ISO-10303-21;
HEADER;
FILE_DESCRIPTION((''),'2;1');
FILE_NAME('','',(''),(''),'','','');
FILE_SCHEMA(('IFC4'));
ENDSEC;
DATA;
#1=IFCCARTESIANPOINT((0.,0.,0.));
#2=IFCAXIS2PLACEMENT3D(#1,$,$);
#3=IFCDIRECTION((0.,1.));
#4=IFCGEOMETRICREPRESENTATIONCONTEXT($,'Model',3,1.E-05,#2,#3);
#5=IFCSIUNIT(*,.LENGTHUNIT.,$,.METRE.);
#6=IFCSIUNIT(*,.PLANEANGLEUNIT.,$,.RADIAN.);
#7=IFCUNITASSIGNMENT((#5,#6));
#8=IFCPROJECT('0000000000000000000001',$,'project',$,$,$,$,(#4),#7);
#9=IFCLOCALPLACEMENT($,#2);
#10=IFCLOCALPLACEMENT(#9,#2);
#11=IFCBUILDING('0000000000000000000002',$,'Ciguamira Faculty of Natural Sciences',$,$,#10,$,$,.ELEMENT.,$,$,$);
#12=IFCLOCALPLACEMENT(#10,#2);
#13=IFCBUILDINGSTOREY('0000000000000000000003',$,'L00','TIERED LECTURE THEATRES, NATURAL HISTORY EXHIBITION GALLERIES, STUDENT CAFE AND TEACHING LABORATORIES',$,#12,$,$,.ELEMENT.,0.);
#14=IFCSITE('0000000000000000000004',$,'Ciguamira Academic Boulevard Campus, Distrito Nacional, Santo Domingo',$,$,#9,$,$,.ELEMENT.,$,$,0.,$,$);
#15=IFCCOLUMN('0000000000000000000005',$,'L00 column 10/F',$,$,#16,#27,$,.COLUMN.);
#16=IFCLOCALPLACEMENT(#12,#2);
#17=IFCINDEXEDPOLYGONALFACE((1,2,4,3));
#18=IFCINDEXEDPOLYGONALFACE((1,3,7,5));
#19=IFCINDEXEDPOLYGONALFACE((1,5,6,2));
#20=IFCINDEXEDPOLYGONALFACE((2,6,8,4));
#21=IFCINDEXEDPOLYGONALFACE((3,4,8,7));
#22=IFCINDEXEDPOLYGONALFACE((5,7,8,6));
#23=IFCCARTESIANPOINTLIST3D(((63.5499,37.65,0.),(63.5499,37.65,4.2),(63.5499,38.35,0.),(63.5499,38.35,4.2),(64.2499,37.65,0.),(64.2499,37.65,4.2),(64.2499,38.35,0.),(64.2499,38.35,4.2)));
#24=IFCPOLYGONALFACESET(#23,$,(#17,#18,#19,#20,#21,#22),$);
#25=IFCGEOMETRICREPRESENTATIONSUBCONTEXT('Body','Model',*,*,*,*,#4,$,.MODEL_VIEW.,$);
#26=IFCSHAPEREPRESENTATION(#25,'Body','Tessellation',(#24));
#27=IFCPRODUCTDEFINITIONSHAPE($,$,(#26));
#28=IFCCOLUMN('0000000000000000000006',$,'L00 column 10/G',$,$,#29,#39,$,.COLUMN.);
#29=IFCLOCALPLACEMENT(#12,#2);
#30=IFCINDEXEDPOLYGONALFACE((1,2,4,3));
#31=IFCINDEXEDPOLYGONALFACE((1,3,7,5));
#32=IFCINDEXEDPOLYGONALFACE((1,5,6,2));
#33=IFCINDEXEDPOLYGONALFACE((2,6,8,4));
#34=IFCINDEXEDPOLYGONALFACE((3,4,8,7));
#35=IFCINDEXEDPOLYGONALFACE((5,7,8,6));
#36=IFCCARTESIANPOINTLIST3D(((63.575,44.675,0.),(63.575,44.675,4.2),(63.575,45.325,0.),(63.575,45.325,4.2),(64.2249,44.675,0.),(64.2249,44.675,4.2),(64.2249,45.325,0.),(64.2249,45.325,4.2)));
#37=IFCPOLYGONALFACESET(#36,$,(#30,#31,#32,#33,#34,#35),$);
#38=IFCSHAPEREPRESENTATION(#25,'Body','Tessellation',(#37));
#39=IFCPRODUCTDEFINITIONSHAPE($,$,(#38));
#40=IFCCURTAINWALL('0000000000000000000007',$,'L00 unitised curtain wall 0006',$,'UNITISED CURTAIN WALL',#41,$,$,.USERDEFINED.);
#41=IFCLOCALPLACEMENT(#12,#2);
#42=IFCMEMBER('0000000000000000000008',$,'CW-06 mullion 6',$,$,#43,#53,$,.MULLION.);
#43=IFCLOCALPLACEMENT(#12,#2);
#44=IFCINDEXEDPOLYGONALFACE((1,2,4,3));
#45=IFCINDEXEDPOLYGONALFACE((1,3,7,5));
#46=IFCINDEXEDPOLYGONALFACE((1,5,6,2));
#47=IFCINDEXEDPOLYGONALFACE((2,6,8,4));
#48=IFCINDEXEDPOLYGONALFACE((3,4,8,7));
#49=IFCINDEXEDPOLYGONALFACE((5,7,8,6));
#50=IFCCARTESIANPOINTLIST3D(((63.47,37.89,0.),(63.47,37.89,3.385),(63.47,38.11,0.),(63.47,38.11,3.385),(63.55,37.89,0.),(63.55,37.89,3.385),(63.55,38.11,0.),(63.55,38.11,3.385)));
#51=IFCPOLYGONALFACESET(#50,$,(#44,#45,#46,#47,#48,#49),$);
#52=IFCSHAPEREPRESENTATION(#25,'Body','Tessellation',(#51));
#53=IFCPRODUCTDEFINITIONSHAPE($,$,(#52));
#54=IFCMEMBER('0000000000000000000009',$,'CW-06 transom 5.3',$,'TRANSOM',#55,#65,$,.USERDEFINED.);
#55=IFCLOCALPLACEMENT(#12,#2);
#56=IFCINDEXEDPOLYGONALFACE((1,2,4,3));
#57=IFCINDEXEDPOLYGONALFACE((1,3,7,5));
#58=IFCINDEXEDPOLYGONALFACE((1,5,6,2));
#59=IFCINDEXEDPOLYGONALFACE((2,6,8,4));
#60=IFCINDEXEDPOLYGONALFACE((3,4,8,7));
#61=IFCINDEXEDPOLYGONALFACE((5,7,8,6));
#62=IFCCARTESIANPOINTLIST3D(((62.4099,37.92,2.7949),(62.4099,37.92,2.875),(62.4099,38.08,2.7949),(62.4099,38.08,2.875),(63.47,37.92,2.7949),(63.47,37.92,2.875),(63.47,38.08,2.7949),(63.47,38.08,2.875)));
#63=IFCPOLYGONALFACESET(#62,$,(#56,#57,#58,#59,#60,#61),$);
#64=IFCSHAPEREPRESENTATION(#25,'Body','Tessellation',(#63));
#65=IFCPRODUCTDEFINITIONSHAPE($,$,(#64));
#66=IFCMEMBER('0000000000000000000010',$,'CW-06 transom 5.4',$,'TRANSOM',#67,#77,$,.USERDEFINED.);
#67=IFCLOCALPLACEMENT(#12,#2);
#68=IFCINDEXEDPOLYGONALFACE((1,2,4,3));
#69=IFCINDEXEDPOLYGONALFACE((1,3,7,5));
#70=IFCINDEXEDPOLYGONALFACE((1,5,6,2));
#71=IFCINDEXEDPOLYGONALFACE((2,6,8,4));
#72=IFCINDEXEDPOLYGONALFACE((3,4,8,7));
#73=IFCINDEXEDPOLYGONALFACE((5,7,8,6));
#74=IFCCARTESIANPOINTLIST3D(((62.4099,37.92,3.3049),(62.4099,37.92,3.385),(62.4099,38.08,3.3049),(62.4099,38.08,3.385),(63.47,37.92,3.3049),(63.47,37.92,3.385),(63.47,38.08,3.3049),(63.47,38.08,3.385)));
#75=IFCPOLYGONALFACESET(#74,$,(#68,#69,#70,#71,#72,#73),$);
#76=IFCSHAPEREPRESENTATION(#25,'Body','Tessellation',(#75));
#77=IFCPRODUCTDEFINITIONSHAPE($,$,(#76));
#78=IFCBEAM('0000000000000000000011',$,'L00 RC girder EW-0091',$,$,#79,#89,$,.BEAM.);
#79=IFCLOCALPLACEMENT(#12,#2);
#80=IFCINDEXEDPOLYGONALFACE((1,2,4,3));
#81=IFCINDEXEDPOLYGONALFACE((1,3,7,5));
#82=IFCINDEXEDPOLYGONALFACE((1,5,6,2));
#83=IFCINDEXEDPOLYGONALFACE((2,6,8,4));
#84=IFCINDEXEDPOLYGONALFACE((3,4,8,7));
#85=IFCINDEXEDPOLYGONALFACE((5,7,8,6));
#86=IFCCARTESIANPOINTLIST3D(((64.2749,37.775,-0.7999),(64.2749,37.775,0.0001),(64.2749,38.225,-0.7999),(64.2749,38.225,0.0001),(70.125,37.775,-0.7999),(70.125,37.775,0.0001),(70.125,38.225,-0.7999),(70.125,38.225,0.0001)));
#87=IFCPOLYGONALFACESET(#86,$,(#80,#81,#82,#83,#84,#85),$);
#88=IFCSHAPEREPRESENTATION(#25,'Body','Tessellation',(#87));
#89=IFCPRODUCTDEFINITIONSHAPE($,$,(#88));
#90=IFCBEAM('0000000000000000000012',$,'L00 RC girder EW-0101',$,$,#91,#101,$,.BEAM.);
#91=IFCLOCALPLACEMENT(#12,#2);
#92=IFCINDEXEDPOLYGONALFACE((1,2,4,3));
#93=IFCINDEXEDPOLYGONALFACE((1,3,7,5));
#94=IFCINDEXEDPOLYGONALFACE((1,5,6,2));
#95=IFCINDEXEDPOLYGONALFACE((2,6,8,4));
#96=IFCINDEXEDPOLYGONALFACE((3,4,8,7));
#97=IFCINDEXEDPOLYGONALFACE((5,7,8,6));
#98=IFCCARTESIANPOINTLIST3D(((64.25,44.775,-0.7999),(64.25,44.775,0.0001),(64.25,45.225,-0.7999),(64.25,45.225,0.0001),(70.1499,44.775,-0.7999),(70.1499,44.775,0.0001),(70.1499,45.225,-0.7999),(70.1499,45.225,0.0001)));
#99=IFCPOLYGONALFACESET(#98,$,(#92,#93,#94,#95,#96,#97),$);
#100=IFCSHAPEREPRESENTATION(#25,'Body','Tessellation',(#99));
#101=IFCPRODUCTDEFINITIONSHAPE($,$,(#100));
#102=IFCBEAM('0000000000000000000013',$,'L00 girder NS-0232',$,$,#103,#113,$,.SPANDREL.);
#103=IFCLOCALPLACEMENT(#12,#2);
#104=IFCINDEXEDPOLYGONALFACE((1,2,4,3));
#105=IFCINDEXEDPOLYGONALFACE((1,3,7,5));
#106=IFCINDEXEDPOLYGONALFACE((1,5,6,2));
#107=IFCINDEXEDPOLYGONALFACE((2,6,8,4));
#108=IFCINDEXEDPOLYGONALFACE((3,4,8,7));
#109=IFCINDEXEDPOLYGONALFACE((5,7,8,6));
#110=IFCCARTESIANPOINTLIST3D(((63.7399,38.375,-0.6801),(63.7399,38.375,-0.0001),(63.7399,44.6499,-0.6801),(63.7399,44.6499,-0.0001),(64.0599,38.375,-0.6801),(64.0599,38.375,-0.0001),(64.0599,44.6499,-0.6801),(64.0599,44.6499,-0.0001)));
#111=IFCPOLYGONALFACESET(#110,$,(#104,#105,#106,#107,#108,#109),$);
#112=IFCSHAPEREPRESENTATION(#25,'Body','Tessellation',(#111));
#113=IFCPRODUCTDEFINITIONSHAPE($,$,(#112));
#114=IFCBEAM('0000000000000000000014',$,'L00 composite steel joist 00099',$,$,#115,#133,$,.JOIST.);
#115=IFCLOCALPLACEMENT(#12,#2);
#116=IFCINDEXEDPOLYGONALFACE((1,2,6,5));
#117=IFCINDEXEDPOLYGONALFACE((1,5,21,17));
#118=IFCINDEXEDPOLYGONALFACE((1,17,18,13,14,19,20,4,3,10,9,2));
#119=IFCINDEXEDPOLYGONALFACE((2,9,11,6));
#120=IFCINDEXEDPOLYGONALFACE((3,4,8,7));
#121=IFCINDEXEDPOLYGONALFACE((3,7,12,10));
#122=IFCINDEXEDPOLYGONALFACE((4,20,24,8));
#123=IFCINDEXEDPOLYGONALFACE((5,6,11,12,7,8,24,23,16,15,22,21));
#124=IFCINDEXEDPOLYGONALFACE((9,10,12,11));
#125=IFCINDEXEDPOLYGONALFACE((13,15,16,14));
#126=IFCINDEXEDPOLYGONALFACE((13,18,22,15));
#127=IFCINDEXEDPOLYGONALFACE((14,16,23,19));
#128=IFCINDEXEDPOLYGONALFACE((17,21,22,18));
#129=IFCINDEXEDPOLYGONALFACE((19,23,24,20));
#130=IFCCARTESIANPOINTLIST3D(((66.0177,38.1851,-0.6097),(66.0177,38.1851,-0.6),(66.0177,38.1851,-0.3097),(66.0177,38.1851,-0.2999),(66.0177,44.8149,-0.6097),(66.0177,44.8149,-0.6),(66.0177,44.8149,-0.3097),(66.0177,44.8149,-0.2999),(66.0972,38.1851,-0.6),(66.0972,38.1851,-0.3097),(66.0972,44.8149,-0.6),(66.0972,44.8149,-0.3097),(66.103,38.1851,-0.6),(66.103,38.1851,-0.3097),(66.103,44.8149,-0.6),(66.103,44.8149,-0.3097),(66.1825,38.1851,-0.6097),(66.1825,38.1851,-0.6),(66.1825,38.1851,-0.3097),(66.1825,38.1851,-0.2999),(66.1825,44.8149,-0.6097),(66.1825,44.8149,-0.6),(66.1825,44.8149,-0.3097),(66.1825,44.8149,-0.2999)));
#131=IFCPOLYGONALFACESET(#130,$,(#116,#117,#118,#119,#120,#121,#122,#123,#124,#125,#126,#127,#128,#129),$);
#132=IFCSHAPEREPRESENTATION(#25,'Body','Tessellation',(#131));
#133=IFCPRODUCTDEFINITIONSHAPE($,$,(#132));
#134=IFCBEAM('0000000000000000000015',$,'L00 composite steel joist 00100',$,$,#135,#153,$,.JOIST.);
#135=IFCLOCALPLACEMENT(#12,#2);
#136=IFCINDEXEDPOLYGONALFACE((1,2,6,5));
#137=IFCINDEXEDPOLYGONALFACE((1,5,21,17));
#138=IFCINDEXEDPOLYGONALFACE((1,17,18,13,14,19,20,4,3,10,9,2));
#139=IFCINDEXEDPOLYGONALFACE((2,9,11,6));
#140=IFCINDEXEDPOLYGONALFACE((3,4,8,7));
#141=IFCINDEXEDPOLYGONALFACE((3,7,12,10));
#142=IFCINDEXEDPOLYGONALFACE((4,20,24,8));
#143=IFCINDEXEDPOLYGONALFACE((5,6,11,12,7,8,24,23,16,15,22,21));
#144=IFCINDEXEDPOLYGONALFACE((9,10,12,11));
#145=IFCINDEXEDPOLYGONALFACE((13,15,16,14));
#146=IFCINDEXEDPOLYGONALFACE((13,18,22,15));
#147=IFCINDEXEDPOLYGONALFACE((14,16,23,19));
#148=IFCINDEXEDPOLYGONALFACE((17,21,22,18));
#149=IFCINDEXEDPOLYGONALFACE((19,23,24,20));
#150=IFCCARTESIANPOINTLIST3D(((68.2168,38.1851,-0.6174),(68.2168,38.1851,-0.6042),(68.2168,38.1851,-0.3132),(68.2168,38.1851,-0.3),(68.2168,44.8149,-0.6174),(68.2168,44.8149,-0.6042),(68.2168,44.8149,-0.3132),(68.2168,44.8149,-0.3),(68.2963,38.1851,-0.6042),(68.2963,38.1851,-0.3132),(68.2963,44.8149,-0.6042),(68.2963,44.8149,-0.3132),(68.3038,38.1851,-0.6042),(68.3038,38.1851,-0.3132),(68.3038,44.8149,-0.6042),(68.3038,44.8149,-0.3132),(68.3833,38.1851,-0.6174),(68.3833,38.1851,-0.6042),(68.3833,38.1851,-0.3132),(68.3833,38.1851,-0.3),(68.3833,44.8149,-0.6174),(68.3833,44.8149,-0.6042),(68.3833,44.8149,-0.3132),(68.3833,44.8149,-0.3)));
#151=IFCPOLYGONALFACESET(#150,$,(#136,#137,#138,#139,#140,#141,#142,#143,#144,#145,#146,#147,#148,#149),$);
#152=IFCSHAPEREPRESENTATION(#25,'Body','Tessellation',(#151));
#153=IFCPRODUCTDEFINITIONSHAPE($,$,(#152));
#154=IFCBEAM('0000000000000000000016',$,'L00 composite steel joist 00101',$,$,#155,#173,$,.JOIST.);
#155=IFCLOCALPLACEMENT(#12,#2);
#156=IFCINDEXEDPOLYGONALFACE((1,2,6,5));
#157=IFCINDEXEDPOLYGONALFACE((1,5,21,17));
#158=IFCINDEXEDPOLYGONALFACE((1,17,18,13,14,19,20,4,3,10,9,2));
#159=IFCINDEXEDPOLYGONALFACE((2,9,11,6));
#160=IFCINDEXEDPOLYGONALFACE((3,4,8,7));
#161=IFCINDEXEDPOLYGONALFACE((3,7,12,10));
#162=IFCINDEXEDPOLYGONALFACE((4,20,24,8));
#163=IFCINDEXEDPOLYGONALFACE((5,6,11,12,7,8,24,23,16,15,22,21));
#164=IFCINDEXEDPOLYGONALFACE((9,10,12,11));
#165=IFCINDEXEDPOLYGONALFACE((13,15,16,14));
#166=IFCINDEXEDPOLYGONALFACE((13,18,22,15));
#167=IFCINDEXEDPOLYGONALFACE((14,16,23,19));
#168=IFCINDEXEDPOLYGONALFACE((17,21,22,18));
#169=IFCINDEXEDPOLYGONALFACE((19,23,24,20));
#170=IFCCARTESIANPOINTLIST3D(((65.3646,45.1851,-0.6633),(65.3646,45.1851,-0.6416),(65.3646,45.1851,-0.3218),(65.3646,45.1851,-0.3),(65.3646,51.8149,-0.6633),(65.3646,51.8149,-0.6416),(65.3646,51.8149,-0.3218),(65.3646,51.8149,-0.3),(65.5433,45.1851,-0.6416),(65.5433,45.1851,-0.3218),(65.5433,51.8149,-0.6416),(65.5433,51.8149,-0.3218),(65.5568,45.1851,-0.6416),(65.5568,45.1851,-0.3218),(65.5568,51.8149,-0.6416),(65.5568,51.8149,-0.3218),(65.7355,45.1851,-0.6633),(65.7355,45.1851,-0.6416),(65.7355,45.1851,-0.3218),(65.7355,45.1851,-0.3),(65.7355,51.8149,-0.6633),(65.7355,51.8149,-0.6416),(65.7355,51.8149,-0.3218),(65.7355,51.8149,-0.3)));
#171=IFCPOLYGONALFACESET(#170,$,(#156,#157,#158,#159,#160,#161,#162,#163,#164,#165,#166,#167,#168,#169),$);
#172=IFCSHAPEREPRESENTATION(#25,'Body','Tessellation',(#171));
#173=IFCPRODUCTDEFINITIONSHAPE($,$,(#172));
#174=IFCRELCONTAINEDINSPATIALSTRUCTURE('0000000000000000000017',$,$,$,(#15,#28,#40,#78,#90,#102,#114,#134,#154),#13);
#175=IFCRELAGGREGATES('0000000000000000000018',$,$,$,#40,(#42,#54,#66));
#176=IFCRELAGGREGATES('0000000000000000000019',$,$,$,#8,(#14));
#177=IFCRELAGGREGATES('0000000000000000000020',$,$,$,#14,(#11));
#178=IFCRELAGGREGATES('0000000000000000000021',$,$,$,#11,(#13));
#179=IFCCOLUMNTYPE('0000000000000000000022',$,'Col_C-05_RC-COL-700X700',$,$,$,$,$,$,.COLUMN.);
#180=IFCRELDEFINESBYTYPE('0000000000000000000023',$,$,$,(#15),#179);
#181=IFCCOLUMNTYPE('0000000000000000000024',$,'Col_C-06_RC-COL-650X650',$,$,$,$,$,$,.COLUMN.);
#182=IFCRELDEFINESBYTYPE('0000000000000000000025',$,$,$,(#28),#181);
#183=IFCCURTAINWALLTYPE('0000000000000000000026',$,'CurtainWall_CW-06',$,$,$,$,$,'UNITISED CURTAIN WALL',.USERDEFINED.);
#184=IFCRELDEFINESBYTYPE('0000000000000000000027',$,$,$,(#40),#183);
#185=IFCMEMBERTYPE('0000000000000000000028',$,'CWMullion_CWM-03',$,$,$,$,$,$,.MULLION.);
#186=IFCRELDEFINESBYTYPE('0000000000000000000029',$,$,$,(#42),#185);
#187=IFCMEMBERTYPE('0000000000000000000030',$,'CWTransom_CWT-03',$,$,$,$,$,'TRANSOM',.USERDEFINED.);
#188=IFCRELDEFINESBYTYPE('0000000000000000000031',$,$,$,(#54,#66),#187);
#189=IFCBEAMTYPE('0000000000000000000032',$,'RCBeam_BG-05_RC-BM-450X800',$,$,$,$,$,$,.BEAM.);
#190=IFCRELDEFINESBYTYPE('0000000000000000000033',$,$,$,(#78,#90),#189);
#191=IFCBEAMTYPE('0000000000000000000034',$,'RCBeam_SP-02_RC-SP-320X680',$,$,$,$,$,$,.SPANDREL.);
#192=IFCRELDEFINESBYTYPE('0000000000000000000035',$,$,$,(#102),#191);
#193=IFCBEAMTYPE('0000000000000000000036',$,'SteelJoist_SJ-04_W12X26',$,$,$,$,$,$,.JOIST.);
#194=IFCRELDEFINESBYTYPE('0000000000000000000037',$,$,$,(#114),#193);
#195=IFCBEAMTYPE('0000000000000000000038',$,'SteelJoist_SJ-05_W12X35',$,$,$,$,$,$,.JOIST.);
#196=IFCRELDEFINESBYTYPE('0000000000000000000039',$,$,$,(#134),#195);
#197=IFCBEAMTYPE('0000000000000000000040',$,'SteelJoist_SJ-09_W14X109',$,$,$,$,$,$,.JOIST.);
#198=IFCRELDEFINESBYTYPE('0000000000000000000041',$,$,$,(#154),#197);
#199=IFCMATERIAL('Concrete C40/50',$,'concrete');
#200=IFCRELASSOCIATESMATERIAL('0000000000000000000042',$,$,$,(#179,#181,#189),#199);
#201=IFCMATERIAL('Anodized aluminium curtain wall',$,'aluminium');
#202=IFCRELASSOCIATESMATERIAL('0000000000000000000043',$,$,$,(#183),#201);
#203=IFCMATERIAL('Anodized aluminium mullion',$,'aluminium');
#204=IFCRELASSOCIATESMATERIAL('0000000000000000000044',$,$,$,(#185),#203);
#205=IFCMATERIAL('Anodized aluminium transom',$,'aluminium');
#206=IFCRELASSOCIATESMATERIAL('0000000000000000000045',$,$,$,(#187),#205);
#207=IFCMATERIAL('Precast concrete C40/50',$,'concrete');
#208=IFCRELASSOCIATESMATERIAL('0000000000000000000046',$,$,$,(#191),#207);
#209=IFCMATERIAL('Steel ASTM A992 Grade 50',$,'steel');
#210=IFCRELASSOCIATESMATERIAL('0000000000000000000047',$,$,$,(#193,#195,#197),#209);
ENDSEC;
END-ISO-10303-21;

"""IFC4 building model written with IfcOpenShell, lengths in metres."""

from ifc_helpers import new_model, si_unit, direction, frame, origin, origin_2d, place, context, subcontext, project, spatial, rectangle, i_section, extrude, material, material_profile, profile_set, type_object, element, aggregate, save


model = new_model("IFC4")

# Units and contexts
model_context = context("Model", 3, precision=1e-05, world=origin(), true_north=direction((0.0, 1.0)))
body_context = subcontext(model_context, "Body", "Model", "MODEL_VIEW")
ifc_project = project(units=[si_unit("LENGTHUNIT", "METRE"), si_unit("PLANEANGLEUNIT", "RADIAN")], contexts=[model_context])

# Site, building, storey
site_placement = place(None, origin())
site = spatial("IfcSite", under=ifc_project, at=site_placement, Name="Ciguamira Academic Boulevard Campus, Distrito Nacional, Santo Domingo", CompositionType="ELEMENT", RefElevation=0.0)
building_placement = place(site_placement, origin())
building = spatial("IfcBuilding", under=site, at=building_placement, Name="Ciguamira Faculty of Natural Sciences", CompositionType="ELEMENT")
storey_placement = place(building_placement, origin())
storey = spatial("IfcBuildingStorey", under=building, at=storey_placement, Name="L00", Description="TIERED LECTURE THEATRES, NATURAL HISTORY EXHIBITION GALLERIES, STUDENT CAFE AND TEACHING LABORATORIES", CompositionType="ELEMENT", Elevation=0.0)

# Columns
ifc_material_1 = material(Name="Concrete C40/50", Category="concrete")
ifc_material_profile_1 = material_profile(ifc_material_1, rectangle(XDim=0.7, YDim=0.7, at=origin_2d()), Name="RC-COL-700X700")
ifc_profile_set_1 = profile_set([ifc_material_profile_1], Name="Concrete C40/50")
column_type_1 = type_object("IfcColumnType", Name="Col_C-05_RC-COL-700X700", PredefinedType="COLUMN", material=ifc_profile_set_1)
column_1_placement = place(storey_placement, frame((63.8999, 38.0, 0.0), z_axis=(0.0, 0.0, 1.0), x_axis=(1.0, 0.0, 0.0)))
element("IfcColumn", 1, at=column_1_placement, inside=storey, type_object=column_type_1, Name="L00 column 10/F", PredefinedType="COLUMN", context=body_context, shape_type="SweptSolid", body=[
    extrude(rectangle(XDim=0.7, YDim=0.7, at=origin_2d()), origin(), (0.0, 0.0, 1.0), 4.2),
])
ifc_material_profile_2 = material_profile(ifc_material_1, rectangle(XDim=0.6499, YDim=0.6499, at=origin_2d()), Name="RC-COL-650X650")
ifc_profile_set_2 = profile_set([ifc_material_profile_2], Name="Concrete C40/50")
column_type_2 = type_object("IfcColumnType", Name="Col_C-06_RC-COL-650X650", PredefinedType="COLUMN", material=ifc_profile_set_2)
column_2_placement = place(storey_placement, frame((63.8999, 45.0, 0.0), z_axis=(0.0, 0.0, 1.0), x_axis=(1.0, 0.0, 0.0)))
element("IfcColumn", 2, at=column_2_placement, inside=storey, type_object=column_type_2, Name="L00 column 10/G", PredefinedType="COLUMN", context=body_context, shape_type="SweptSolid", body=[
    extrude(rectangle(XDim=0.6499, YDim=0.6499, at=origin_2d()), origin(), (0.0, 0.0, 1.0), 4.2),
])

# Curtain wall, members
ifc_material_2 = material(Name="Anodized aluminium curtain wall", Category="aluminium")
curtain_wall_type = type_object("IfcCurtainWallType", Name="CurtainWall_CW-06", ElementType="UNITISED CURTAIN WALL", PredefinedType="USERDEFINED", material=ifc_material_2)
curtain_wall_placement = place(storey_placement, origin())
curtain_wall = element("IfcCurtainWall", 3, at=curtain_wall_placement, inside=storey, type_object=curtain_wall_type, Name="L00 unitised curtain wall 0006", ObjectType="UNITISED CURTAIN WALL", PredefinedType="USERDEFINED")
ifc_material_3 = material(Name="Anodized aluminium mullion", Category="aluminium")
ifc_material_profile_3 = material_profile(ifc_material_3, rectangle(XDim=0.0801, YDim=0.22, at=origin_2d()), Name="ALU-MUL-80X220")
ifc_profile_set_3 = profile_set([ifc_material_profile_3], Name="Anodized aluminium mullion")
member_type_1 = type_object("IfcMemberType", Name="CWMullion_CWM-03", PredefinedType="MULLION", material=ifc_profile_set_3)
member_1_placement = place(storey_placement, frame((63.51, 38.0, 0.0), z_axis=(0.0, 0.0, 1.0), x_axis=(1.0, 0.0, 0.0)))
member_1 = element("IfcMember", 4, at=member_1_placement, type_object=member_type_1, Name="CW-06 mullion 6", PredefinedType="MULLION", context=body_context, shape_type="SweptSolid", body=[
    extrude(rectangle(XDim=0.0801, YDim=0.22, at=origin_2d()), origin(), (0.0, 0.0, 1.0), 3.385),
])
ifc_material_4 = material(Name="Anodized aluminium transom", Category="aluminium")
ifc_material_profile_4 = material_profile(ifc_material_4, rectangle(XDim=0.0801, YDim=0.1599, at=origin_2d()), Name="ALU-TRN-80X160")
ifc_profile_set_4 = profile_set([ifc_material_profile_4], Name="Anodized aluminium transom")
member_type_2 = type_object("IfcMemberType", Name="CWTransom_CWT-03", ElementType="TRANSOM", PredefinedType="USERDEFINED", material=ifc_profile_set_4)
member_2_placement = place(storey_placement, frame((62.4099, 38.0, 2.835), z_axis=(1.0, 0.0, 0.0), x_axis=(0.0, 0.0, 1.0)))
member_2 = element("IfcMember", 5, at=member_2_placement, type_object=member_type_2, Name="CW-06 transom 5.3", ObjectType="TRANSOM", PredefinedType="USERDEFINED", context=body_context, shape_type="SweptSolid", body=[
    extrude(rectangle(XDim=0.0801, YDim=0.1599, at=origin_2d()), origin(), (0.0, 0.0, 1.0), 1.0601),
])
member_3_placement = place(storey_placement, frame((62.4099, 38.0, 3.345), z_axis=(1.0, 0.0, 0.0), x_axis=(0.0, 0.0, 1.0)))
member_3 = element("IfcMember", 6, at=member_3_placement, type_object=member_type_2, Name="CW-06 transom 5.4", ObjectType="TRANSOM", PredefinedType="USERDEFINED", context=body_context, shape_type="SweptSolid", body=[
    extrude(rectangle(XDim=0.0801, YDim=0.1599, at=origin_2d()), origin(), (0.0, 0.0, 1.0), 1.0601),
])

# Beams
ifc_material_profile_5 = material_profile(ifc_material_1, rectangle(XDim=0.45, YDim=0.8, at=origin_2d()), Name="RC-BM-450X800")
ifc_profile_set_5 = profile_set([ifc_material_profile_5], Name="Concrete C40/50")
beam_type_1 = type_object("IfcBeamType", Name="RCBeam_BG-05_RC-BM-450X800", PredefinedType="BEAM", material=ifc_profile_set_5)
beam_1_placement = place(storey_placement, frame((64.2749, 38.0, -0.3999), z_axis=(1.0, 0.0, 0.0), x_axis=(0.0, 1.0, 0.0)))
element("IfcBeam", 7, at=beam_1_placement, inside=storey, type_object=beam_type_1, Name="L00 RC girder EW-0091", PredefinedType="BEAM", context=body_context, shape_type="SweptSolid", body=[
    extrude(rectangle(XDim=0.45, YDim=0.8, at=origin_2d()), origin(), (0.0, 0.0, 1.0), 5.8501),
])
beam_2_placement = place(storey_placement, frame((64.25, 45.0, -0.3999), z_axis=(1.0, 0.0, 0.0), x_axis=(0.0, 1.0, 0.0)))
element("IfcBeam", 8, at=beam_2_placement, inside=storey, type_object=beam_type_1, Name="L00 RC girder EW-0101", PredefinedType="BEAM", context=body_context, shape_type="SweptSolid", body=[
    extrude(rectangle(XDim=0.45, YDim=0.8, at=origin_2d()), origin(), (0.0, 0.0, 1.0), 5.8999),
])
ifc_material_5 = material(Name="Precast concrete C40/50", Category="concrete")
ifc_material_profile_6 = material_profile(ifc_material_5, rectangle(XDim=0.3201, YDim=0.6799, at=origin_2d()), Name="RC-SP-320X680")
ifc_profile_set_6 = profile_set([ifc_material_profile_6], Name="Precast concrete C40/50")
beam_type_2 = type_object("IfcBeamType", Name="RCBeam_SP-02_RC-SP-320X680", PredefinedType="SPANDREL", material=ifc_profile_set_6)
beam_3_placement = place(storey_placement, frame((63.8999, 38.375, -0.3401), z_axis=(0.0, 1.0, 0.0), x_axis=(-1.0, 0.0, 0.0)))
element("IfcBeam", 9, at=beam_3_placement, inside=storey, type_object=beam_type_2, Name="L00 girder NS-0232", PredefinedType="SPANDREL", context=body_context, shape_type="SweptSolid", body=[
    extrude(rectangle(XDim=0.3201, YDim=0.6799, at=origin_2d()), origin(), (0.0, 0.0, 1.0), 6.2749),
])
ifc_material_6 = material(Name="Steel ASTM A992 Grade 50", Category="steel")
ifc_material_profile_7 = material_profile(ifc_material_6, i_section(OverallWidth=0.1648, OverallDepth=0.3098, WebThickness=0.0059, FlangeThickness=0.0098, at=origin_2d()), Name="W12X26")
ifc_profile_set_7 = profile_set([ifc_material_profile_7], Name="Steel ASTM A992 Grade 50")
beam_type_3 = type_object("IfcBeamType", Name="SteelJoist_SJ-04_W12X26", PredefinedType="JOIST", material=ifc_profile_set_7)
beam_4_placement = place(storey_placement, frame((66.1001, 38.1851, -0.4548), z_axis=(0.0, 1.0, 0.0), x_axis=(-1.0, 0.0, 0.0)))
element("IfcBeam", 10, at=beam_4_placement, inside=storey, type_object=beam_type_3, Name="L00 composite steel joist 00099", PredefinedType="JOIST", context=body_context, shape_type="SweptSolid", body=[
    extrude(i_section(OverallWidth=0.1648, OverallDepth=0.3098, WebThickness=0.0059, FlangeThickness=0.0098, at=origin_2d()), origin(), (0.0, 0.0, 1.0), 6.6299),
])
ifc_material_profile_8 = material_profile(ifc_material_6, i_section(OverallWidth=0.1665, OverallDepth=0.3174, WebThickness=0.0076, FlangeThickness=0.0132, at=origin_2d()), Name="W12X35")
ifc_profile_set_8 = profile_set([ifc_material_profile_8], Name="Steel ASTM A992 Grade 50")
beam_type_4 = type_object("IfcBeamType", Name="SteelJoist_SJ-05_W12X35", PredefinedType="JOIST", material=ifc_profile_set_8)
beam_5_placement = place(storey_placement, frame((68.3, 38.1851, -0.4587), z_axis=(0.0, 1.0, 0.0), x_axis=(-1.0, 0.0, 0.0)))
element("IfcBeam", 11, at=beam_5_placement, inside=storey, type_object=beam_type_4, Name="L00 composite steel joist 00100", PredefinedType="JOIST", context=body_context, shape_type="SweptSolid", body=[
    extrude(i_section(OverallWidth=0.1665, OverallDepth=0.3174, WebThickness=0.0076, FlangeThickness=0.0132, at=origin_2d()), origin(), (0.0, 0.0, 1.0), 6.6299),
])
ifc_material_profile_9 = material_profile(ifc_material_6, i_section(OverallWidth=0.3708, OverallDepth=0.3633, WebThickness=0.0134, FlangeThickness=0.0217, at=origin_2d()), Name="W14X109")
ifc_profile_set_9 = profile_set([ifc_material_profile_9], Name="Steel ASTM A992 Grade 50")
beam_type_5 = type_object("IfcBeamType", Name="SteelJoist_SJ-09_W14X109", PredefinedType="JOIST", material=ifc_profile_set_9)
beam_6_placement = place(storey_placement, frame((65.55, 45.1851, -0.4817), z_axis=(0.0, 1.0, 0.0), x_axis=(-1.0, 0.0, 0.0)))
element("IfcBeam", 12, at=beam_6_placement, inside=storey, type_object=beam_type_5, Name="L00 composite steel joist 00101", PredefinedType="JOIST", context=body_context, shape_type="SweptSolid", body=[
    extrude(i_section(OverallWidth=0.3708, OverallDepth=0.3633, WebThickness=0.0134, FlangeThickness=0.0217, at=origin_2d()), origin(), (0.0, 0.0, 1.0), 6.6299),
])

aggregate(curtain_wall, [member_1, member_2, member_3])

save(model, "model.ifc")
